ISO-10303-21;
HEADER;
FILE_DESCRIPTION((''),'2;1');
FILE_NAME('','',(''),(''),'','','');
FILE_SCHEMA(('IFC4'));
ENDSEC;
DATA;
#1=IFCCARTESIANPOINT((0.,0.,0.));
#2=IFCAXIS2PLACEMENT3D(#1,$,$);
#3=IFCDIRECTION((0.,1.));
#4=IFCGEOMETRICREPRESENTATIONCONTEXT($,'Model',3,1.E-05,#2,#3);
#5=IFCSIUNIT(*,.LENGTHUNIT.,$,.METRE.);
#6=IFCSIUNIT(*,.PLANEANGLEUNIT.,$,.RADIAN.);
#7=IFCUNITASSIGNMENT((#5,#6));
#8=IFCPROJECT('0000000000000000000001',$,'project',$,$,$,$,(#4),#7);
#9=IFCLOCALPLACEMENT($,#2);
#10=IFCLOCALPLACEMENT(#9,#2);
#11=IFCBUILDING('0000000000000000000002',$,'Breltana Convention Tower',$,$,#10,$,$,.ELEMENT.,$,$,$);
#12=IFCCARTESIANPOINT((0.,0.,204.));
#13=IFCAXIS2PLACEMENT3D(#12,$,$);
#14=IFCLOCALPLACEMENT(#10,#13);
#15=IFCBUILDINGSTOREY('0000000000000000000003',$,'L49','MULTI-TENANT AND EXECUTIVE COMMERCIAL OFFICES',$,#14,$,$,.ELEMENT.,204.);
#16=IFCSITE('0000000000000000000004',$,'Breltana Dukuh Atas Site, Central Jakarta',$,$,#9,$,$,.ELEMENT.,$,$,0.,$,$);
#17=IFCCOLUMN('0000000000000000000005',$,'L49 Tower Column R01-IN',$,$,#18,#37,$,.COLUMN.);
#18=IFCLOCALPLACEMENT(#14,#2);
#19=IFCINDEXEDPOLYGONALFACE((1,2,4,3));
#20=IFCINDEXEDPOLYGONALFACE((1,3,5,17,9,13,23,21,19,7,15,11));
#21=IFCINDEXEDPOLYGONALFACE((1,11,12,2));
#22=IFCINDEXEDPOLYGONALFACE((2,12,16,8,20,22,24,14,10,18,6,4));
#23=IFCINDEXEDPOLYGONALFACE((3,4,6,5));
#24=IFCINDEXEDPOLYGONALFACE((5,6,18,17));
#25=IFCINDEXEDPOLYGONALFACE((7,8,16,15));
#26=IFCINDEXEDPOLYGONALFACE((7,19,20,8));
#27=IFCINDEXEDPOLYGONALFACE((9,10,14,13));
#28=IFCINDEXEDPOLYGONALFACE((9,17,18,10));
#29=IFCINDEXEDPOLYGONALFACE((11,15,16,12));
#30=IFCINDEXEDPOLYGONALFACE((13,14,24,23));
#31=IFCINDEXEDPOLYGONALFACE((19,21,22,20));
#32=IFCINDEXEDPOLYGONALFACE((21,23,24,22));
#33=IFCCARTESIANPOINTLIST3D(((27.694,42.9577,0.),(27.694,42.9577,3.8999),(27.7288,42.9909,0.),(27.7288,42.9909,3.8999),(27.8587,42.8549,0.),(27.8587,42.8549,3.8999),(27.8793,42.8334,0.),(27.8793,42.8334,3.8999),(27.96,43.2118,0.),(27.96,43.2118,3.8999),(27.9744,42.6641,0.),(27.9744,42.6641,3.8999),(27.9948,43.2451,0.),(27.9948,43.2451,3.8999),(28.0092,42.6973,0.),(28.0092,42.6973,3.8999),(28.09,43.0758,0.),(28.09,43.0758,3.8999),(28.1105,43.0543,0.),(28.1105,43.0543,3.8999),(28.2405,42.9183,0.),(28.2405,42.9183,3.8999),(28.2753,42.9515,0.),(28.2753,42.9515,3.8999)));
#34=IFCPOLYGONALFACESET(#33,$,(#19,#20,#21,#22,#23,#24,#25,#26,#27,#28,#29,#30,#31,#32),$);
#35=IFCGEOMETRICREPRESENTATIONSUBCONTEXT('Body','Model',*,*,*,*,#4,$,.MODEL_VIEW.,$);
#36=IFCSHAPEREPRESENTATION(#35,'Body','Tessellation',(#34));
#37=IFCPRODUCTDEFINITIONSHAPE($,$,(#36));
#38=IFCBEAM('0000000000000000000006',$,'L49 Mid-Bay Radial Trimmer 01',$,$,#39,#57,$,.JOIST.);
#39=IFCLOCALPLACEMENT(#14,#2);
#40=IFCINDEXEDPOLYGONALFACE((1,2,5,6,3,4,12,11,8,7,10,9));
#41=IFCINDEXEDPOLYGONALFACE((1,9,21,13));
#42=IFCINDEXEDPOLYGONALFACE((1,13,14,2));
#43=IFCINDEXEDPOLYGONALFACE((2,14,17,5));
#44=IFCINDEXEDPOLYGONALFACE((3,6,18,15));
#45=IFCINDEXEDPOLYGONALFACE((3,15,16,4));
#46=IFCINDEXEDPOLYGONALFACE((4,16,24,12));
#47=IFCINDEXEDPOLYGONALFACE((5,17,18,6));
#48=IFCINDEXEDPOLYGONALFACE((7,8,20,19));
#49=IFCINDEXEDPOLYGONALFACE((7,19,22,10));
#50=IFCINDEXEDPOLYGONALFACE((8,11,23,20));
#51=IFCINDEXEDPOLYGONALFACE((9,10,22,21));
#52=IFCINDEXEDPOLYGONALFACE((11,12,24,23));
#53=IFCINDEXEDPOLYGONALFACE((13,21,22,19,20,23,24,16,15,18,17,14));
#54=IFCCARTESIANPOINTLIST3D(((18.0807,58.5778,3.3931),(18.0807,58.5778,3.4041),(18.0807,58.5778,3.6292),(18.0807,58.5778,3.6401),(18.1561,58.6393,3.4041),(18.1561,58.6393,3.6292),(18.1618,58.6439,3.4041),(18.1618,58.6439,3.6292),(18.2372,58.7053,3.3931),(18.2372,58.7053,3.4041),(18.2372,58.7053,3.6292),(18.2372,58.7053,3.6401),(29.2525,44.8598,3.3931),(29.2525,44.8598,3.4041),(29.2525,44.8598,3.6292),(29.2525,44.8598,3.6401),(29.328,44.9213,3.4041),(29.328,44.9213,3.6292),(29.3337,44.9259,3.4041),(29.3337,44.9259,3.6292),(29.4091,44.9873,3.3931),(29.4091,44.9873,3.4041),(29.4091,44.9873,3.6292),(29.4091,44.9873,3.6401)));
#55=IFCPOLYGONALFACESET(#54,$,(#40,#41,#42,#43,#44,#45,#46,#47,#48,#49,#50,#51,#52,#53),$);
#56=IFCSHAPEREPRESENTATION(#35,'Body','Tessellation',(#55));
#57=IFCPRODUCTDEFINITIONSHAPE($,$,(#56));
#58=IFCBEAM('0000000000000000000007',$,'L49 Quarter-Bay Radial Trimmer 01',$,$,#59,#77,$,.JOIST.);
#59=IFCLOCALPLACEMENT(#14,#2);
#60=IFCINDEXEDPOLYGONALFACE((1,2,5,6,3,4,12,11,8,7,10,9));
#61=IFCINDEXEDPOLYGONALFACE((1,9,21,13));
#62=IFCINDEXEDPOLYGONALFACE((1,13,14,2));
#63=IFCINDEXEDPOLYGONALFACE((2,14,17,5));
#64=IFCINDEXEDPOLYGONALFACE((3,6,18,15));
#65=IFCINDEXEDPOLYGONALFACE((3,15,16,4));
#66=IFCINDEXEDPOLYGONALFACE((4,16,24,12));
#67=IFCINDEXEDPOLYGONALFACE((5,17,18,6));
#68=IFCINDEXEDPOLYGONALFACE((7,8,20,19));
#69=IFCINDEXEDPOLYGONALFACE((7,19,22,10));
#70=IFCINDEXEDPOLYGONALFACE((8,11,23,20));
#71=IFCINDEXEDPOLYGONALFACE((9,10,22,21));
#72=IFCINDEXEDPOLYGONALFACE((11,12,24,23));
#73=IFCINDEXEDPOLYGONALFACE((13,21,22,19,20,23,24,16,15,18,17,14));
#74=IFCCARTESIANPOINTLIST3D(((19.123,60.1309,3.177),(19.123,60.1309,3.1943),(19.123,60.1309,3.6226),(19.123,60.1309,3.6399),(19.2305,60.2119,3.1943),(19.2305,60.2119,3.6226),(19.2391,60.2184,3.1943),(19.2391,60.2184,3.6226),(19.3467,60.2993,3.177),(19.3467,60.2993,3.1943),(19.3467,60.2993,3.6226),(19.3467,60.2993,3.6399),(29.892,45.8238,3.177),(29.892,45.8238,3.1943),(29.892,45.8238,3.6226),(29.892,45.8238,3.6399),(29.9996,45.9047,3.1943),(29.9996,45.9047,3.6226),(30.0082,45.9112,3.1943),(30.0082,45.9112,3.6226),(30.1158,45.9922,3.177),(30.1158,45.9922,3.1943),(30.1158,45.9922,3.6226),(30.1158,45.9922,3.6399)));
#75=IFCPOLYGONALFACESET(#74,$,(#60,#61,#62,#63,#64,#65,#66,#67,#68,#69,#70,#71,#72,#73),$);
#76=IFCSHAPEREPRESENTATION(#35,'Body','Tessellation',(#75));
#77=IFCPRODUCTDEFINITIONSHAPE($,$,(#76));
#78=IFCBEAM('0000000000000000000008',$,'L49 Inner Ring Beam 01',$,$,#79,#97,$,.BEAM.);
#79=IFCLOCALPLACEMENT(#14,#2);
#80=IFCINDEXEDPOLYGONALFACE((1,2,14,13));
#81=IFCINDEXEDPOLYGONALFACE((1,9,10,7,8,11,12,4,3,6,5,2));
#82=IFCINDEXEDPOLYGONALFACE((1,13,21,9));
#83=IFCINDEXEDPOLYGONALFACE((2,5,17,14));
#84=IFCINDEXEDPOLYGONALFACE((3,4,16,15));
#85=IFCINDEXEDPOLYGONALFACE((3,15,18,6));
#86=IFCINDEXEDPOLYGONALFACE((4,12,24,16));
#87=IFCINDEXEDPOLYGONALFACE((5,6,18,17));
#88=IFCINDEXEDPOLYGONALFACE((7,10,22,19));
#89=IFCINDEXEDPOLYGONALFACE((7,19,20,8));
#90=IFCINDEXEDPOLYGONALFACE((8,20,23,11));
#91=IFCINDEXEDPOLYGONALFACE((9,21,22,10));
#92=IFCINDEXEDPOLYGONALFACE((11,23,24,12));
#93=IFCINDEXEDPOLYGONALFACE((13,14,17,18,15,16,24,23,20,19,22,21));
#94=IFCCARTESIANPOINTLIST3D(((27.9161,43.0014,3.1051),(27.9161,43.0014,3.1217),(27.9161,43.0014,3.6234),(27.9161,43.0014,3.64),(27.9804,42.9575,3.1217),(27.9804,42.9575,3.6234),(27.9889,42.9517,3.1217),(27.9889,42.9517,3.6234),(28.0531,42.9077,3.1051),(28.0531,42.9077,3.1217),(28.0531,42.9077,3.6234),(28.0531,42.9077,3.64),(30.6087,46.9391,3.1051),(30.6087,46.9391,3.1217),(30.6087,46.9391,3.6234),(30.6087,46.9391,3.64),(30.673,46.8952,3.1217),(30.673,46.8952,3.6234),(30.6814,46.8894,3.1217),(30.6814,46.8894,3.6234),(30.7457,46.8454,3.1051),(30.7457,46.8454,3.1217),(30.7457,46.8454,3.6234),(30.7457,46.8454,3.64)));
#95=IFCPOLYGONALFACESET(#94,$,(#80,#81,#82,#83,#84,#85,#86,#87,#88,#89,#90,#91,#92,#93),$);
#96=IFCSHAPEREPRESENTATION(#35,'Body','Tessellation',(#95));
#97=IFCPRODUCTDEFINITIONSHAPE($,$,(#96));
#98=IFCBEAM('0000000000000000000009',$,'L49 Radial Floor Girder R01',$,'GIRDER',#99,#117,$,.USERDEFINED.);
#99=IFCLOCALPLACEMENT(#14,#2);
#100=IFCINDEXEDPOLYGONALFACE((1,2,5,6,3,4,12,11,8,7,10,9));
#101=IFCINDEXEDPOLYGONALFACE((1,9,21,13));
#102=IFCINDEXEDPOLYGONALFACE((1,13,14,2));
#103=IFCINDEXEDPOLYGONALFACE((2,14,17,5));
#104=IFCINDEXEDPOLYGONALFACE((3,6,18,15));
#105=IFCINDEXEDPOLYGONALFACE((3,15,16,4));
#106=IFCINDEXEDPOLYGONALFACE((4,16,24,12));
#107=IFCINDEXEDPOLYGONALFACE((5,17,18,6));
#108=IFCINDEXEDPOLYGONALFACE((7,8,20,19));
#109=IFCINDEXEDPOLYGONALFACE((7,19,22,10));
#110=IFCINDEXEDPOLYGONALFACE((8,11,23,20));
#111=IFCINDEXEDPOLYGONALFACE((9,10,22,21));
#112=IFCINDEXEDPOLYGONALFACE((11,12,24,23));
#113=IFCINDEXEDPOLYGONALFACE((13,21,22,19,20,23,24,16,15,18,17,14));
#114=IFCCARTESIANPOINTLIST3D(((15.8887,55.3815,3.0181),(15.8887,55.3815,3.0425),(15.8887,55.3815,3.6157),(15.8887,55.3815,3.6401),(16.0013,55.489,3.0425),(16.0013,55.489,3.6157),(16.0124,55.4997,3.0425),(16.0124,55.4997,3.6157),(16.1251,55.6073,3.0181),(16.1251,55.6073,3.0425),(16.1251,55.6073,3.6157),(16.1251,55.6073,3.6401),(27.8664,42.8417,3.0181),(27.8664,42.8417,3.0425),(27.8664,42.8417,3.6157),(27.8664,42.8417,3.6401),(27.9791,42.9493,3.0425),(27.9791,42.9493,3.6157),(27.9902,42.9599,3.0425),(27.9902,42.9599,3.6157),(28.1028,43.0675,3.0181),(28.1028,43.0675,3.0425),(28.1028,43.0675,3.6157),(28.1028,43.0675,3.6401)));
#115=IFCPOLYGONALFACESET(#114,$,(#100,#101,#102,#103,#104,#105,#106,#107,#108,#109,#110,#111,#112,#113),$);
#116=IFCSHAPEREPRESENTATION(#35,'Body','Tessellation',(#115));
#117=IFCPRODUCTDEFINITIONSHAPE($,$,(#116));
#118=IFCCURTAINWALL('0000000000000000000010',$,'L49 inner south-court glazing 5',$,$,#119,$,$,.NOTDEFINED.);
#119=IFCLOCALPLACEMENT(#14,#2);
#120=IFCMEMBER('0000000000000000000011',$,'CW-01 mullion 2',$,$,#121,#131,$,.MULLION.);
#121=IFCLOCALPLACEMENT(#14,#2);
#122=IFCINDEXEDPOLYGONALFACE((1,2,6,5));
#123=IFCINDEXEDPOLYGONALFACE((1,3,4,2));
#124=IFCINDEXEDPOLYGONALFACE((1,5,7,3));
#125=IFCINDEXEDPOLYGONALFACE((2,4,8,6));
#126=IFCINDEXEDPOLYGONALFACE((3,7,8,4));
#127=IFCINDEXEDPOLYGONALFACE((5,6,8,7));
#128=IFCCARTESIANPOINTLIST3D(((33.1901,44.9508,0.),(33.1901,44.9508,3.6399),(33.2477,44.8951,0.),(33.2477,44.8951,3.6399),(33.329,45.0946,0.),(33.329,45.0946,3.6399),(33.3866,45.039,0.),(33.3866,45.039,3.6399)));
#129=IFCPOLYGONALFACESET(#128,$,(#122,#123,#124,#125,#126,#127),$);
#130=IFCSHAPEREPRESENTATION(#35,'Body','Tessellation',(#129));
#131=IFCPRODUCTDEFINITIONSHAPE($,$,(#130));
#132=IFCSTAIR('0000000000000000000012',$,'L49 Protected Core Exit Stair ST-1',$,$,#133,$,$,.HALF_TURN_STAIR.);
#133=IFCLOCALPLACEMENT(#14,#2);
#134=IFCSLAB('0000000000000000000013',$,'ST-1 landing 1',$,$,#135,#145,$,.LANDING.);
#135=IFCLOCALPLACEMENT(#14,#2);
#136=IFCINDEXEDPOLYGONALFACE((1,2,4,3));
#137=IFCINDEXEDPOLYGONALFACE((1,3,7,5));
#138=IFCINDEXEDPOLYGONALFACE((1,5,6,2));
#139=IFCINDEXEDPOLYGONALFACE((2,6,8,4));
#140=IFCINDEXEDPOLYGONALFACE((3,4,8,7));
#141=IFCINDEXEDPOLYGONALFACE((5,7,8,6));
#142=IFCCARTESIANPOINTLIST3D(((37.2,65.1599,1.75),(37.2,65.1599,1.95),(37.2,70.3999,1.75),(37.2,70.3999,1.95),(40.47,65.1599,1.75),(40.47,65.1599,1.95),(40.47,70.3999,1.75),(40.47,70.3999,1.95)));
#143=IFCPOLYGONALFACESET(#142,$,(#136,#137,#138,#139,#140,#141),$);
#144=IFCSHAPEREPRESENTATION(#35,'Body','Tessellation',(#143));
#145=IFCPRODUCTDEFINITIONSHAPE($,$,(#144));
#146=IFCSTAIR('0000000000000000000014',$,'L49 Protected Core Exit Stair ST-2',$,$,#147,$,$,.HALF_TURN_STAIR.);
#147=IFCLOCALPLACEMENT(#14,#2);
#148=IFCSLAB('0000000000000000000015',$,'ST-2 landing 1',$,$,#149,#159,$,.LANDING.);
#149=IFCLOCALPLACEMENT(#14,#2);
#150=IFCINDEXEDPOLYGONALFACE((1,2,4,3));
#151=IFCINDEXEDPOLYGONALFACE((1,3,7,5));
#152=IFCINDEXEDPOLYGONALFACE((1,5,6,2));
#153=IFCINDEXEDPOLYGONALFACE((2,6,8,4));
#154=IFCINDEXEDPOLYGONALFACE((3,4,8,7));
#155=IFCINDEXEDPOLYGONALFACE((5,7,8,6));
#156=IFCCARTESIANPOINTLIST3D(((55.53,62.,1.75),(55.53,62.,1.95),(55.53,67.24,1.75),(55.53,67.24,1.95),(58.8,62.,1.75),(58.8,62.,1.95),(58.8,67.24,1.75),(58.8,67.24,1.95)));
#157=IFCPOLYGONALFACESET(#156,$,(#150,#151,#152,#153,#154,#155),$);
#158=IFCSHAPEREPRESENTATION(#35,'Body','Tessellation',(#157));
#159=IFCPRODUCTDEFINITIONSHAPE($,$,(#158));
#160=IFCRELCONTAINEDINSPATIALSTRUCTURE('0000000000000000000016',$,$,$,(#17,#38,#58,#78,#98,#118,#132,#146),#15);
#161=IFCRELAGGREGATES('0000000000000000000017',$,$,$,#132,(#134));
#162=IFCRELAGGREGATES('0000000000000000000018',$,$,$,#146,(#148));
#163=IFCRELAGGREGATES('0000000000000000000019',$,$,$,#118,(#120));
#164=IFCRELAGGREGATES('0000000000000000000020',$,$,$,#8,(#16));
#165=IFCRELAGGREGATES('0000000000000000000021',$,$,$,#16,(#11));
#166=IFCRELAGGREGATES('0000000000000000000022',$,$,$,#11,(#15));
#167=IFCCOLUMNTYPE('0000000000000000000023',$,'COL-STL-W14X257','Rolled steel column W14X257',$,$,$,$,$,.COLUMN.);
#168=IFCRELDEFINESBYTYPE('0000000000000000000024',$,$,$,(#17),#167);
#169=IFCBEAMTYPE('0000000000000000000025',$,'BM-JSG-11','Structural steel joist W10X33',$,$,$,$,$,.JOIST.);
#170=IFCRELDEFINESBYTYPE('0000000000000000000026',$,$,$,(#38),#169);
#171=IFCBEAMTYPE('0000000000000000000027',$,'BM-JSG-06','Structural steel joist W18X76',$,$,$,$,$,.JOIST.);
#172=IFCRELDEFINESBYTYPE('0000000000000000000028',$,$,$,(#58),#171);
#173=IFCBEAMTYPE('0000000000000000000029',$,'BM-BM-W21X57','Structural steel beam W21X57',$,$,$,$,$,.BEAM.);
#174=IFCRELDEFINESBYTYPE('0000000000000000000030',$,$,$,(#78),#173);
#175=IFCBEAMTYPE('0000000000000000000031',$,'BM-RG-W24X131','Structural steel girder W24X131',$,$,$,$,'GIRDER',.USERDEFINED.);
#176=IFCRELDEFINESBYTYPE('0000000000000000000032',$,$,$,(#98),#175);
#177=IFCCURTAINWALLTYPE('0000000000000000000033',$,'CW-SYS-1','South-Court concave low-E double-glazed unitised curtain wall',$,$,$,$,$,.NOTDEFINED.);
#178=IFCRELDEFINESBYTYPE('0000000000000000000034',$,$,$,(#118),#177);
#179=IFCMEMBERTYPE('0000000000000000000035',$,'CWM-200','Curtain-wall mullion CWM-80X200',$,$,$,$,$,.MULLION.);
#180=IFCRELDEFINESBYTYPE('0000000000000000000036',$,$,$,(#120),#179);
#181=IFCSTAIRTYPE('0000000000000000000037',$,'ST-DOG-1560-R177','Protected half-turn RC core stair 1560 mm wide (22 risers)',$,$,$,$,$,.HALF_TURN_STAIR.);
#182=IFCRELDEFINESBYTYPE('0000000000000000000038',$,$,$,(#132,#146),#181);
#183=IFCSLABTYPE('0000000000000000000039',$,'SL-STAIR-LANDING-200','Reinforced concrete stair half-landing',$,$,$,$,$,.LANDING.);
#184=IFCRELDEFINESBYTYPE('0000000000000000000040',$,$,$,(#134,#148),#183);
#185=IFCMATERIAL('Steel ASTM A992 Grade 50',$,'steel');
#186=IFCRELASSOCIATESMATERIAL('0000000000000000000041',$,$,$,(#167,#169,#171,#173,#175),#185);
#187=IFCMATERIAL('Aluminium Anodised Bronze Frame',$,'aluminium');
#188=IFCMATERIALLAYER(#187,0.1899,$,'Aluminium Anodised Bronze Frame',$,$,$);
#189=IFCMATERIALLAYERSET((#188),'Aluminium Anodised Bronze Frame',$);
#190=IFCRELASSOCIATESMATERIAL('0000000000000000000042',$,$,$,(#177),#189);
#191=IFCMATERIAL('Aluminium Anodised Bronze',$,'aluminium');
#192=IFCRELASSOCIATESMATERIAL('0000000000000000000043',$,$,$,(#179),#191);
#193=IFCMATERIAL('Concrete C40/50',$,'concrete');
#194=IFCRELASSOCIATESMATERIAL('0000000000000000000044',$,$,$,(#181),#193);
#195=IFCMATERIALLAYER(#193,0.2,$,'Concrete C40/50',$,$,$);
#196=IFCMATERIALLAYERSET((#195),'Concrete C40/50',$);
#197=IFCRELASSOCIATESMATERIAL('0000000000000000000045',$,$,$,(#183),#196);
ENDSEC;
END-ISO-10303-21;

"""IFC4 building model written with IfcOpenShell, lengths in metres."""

from ifc_helpers import new_model, si_unit, direction, frame, origin, origin_2d, place, context, subcontext, project, spatial, polyline, rectangle, i_section, outline, extrude, source, transform, mapped, material, layer, layer_set, material_profile, profile_set, type_object, type_shapes, element, aggregate, save


model = new_model("IFC4")

# Units and contexts
model_context = context("Model", 3, precision=1e-05, world=origin(), true_north=direction((0.0, 1.0)))
body_context = subcontext(model_context, "Body", "Model", "MODEL_VIEW")
ifc_project = project(units=[si_unit("LENGTHUNIT", "METRE"), si_unit("PLANEANGLEUNIT", "RADIAN")], contexts=[model_context])

# Site, building, storey
site_placement = place(None, origin())
site = spatial("IfcSite", under=ifc_project, at=site_placement, Name="Breltana Dukuh Atas Site, Central Jakarta", CompositionType="ELEMENT", RefElevation=0.0)
building_placement = place(site_placement, origin())
building = spatial("IfcBuilding", under=site, at=building_placement, Name="Breltana Convention Tower", CompositionType="ELEMENT")
storey_placement = place(building_placement, frame((0.0, 0.0, 204.0)))
storey = spatial("IfcBuildingStorey", under=building, at=storey_placement, Name="L49", Description="MULTI-TENANT AND EXECUTIVE COMMERCIAL OFFICES", CompositionType="ELEMENT", Elevation=204.0)

# Column
ifc_material_1 = material(Name="Steel ASTM A992 Grade 50", Category="steel")
ifc_material_profile_1 = material_profile(ifc_material_1, i_section(OverallWidth=0.406, OverallDepth=0.416, WebThickness=0.0298, FlangeThickness=0.0481, at=origin_2d()), Name="W14X257")
ifc_profile_set_1 = profile_set([ifc_material_profile_1], Name="Steel ASTM A992 Grade 50")
column_type = type_object("IfcColumnType", Name="COL-STL-W14X257", Description="Rolled steel column W14X257", PredefinedType="COLUMN", material=ifc_profile_set_1)
shared_shape_1 = source(origin(), body_context, "Body", "SweptSolid", [
    extrude(i_section(OverallWidth=0.406, OverallDepth=0.416, WebThickness=0.0298, FlangeThickness=0.0481, at=origin_2d()), origin(), (0.0, 0.0, 1.0), 3.8999),
])
column_placement = place(storey_placement, frame((27.9846, 42.9546, 0.0), z_axis=(0.0, 0.0, 1.0), x_axis=(-0.690756, 0.723088, 0.0)))
element("IfcColumn", 1, at=column_placement, inside=storey, type_object=column_type, Name="L49 Tower Column R01-IN", PredefinedType="COLUMN", context=body_context, shape_type="MappedRepresentation", body=[
    mapped(shared_shape_1, transform((0.0, 0.0, 0.0), scale=1.0)),
])

# Beams
ifc_material_profile_2 = material_profile(ifc_material_1, i_section(OverallWidth=0.2019, OverallDepth=0.2471, WebThickness=0.0073, FlangeThickness=0.011, at=origin_2d()), Name="W10X33")
ifc_profile_set_2 = profile_set([ifc_material_profile_2], Name="Steel ASTM A992 Grade 50")
beam_type_1 = type_object("IfcBeamType", Name="BM-JSG-11", Description="Structural steel joist W10X33", PredefinedType="JOIST", material=ifc_profile_set_2)
shared_shape_2 = source(origin(), body_context, "Body", "SweptSolid", [
    extrude(i_section(OverallWidth=0.2019, OverallDepth=0.2471, WebThickness=0.0073, FlangeThickness=0.011, at=origin_2d()), origin(), (0.0, 0.0, 1.0), 17.6917),
])
type_shapes(beam_type_1, [shared_shape_2])
beam_1_placement = place(storey_placement, frame((29.3308, 44.9236, 3.5166), z_axis=(-0.631477, 0.775395, 0.0), x_axis=(-0.775395, -0.631477, 0.0)))
element("IfcBeam", 2, at=beam_1_placement, inside=storey, type_object=beam_type_1, Name="L49 Mid-Bay Radial Trimmer 01", PredefinedType="JOIST", context=body_context, shape_type="MappedRepresentation", body=[
    mapped(shared_shape_2, transform((0.0, 0.0, 0.0), scale=1.0)),
])
ifc_material_profile_3 = material_profile(ifc_material_1, i_section(OverallWidth=0.28, OverallDepth=0.4629, WebThickness=0.0107, FlangeThickness=0.0173, at=origin_2d()), Name="W18X76")
ifc_profile_set_3 = profile_set([ifc_material_profile_3], Name="Steel ASTM A992 Grade 50")
beam_type_2 = type_object("IfcBeamType", Name="BM-JSG-06", Description="Structural steel joist W18X76", PredefinedType="JOIST", material=ifc_profile_set_3)
shared_shape_3 = source(origin(), body_context, "Body", "SweptSolid", [
    extrude(i_section(OverallWidth=0.28, OverallDepth=0.4629, WebThickness=0.0107, FlangeThickness=0.0173, at=origin_2d()), origin(), (0.0, 0.0, 1.0), 17.9072),
])
beam_2_placement = place(storey_placement, frame((30.0039, 45.908, 3.4084), z_axis=(-0.601382, 0.798962, 0.0), x_axis=(-0.798962, -0.601382, 0.0)))
element("IfcBeam", 3, at=beam_2_placement, inside=storey, type_object=beam_type_2, Name="L49 Quarter-Bay Radial Trimmer 01", PredefinedType="JOIST", context=body_context, shape_type="MappedRepresentation", body=[
    mapped(shared_shape_3, transform((0.0, 0.0, 0.0), scale=1.0)),
])
ifc_material_profile_4 = material_profile(ifc_material_1, i_section(OverallWidth=0.166, OverallDepth=0.5349, WebThickness=0.0103, FlangeThickness=0.0166, at=origin_2d()), Name="W21X57")
ifc_profile_set_4 = profile_set([ifc_material_profile_4], Name="Steel ASTM A992 Grade 50")
beam_type_3 = type_object("IfcBeamType", Name="BM-BM-W21X57", Description="Structural steel beam W21X57", PredefinedType="BEAM", material=ifc_profile_set_4)
shared_shape_4 = source(origin(), body_context, "Body", "SweptSolid", [
    extrude(i_section(OverallWidth=0.166, OverallDepth=0.5349, WebThickness=0.0103, FlangeThickness=0.0166, at=origin_2d()), origin(), (0.0, 0.0, 1.0), 4.7703),
])
beam_3_placement = place(storey_placement, frame((27.9846, 42.9546, 3.3726), z_axis=(0.564453, 0.825465, 0.0), x_axis=(-0.825465, 0.564453, 0.0)))
element("IfcBeam", 4, at=beam_3_placement, inside=storey, type_object=beam_type_3, Name="L49 Inner Ring Beam 01", PredefinedType="BEAM", context=body_context, shape_type="MappedRepresentation", body=[
    mapped(shared_shape_4, transform((0.0, 0.0, 0.0), scale=1.0)),
])
ifc_material_profile_5 = material_profile(ifc_material_1, i_section(OverallWidth=0.3269, OverallDepth=0.6221, WebThickness=0.0154, FlangeThickness=0.0244, at=origin_2d()), Name="W24X131")
ifc_profile_set_5 = profile_set([ifc_material_profile_5], Name="Steel ASTM A992 Grade 50")
beam_type_4 = type_object("IfcBeamType", Name="BM-RG-W24X131", Description="Structural steel girder W24X131", ElementType="GIRDER", PredefinedType="USERDEFINED", material=ifc_profile_set_5)
shared_shape_5 = source(origin(), body_context, "Body", "SweptSolid", [
    extrude(i_section(OverallWidth=0.3269, OverallDepth=0.6221, WebThickness=0.0154, FlangeThickness=0.0244, at=origin_2d()), origin(), (0.0, 0.0, 1.0), 17.3411),
])
type_shapes(beam_type_4, [shared_shape_5])
beam_4_placement = place(storey_placement, frame((27.9846, 42.9546, 3.3291), z_axis=(-0.690716, 0.723126, 0.0), x_axis=(-0.723126, -0.690716, 0.0)))
element("IfcBeam", 5, at=beam_4_placement, inside=storey, type_object=beam_type_4, Name="L49 Radial Floor Girder R01", ObjectType="GIRDER", PredefinedType="USERDEFINED", context=body_context, shape_type="MappedRepresentation", body=[
    mapped(shared_shape_5, transform((0.0, 0.0, 0.0), scale=1.0)),
])

# Curtain wall, member
ifc_material_2 = material(Name="Aluminium Anodised Bronze Frame", Category="aluminium")
ifc_layer_1 = layer(ifc_material_2, 0.1899, Name="Aluminium Anodised Bronze Frame")
ifc_layer_set_1 = layer_set([ifc_layer_1], Name="Aluminium Anodised Bronze Frame")
curtain_wall_type = type_object("IfcCurtainWallType", Name="CW-SYS-1", Description="South-Court concave low-E double-glazed unitised curtain wall", PredefinedType="NOTDEFINED", material=ifc_layer_set_1)
curtain_wall_placement = place(storey_placement, origin())
curtain_wall = element("IfcCurtainWall", 6, at=curtain_wall_placement, inside=storey, type_object=curtain_wall_type, Name="L49 inner south-court glazing 5", PredefinedType="NOTDEFINED")
ifc_material_3 = material(Name="Aluminium Anodised Bronze", Category="aluminium")
ifc_material_profile_6 = material_profile(ifc_material_3, rectangle(XDim=0.0801, YDim=0.2, at=origin_2d()), Name="CWM-80X200")
ifc_profile_set_6 = profile_set([ifc_material_profile_6], Name="Aluminium Anodised Bronze")
member_type = type_object("IfcMemberType", Name="CWM-200", Description="Curtain-wall mullion CWM-80X200", PredefinedType="MULLION", material=ifc_profile_set_6)
shared_shape_6 = source(origin(), body_context, "Body", "SweptSolid", [
    extrude(rectangle(XDim=0.0801, YDim=0.2, at=origin_2d()), origin(), (0.0, 0.0, 1.0), 3.6399),
])
member_placement = place(storey_placement, frame((33.2883, 44.9949, 0.0), z_axis=(0.0, 0.0, 1.0), x_axis=(0.719366, -0.694632, 0.0)))
member = element("IfcMember", 7, at=member_placement, type_object=member_type, Name="CW-01 mullion 2", PredefinedType="MULLION", context=body_context, shape_type="MappedRepresentation", body=[
    mapped(shared_shape_6, transform((0.0, 0.0, 0.0), scale=1.0)),
])

# Stairs, slabs
ifc_material_4 = material(Name="Concrete C40/50", Category="concrete")
stair_type = type_object("IfcStairType", Name="ST-DOG-1560-R177", Description="Protected half-turn RC core stair 1560 mm wide (22 risers)", PredefinedType="HALF_TURN_STAIR", material=ifc_material_4)
stair_1_placement = place(storey_placement, origin())
stair_1 = element("IfcStair", 8, at=stair_1_placement, inside=storey, type_object=stair_type, Name="L49 Protected Core Exit Stair ST-1", PredefinedType="HALF_TURN_STAIR")
ifc_layer_2 = layer(ifc_material_4, 0.2, Name="Concrete C40/50")
ifc_layer_set_2 = layer_set([ifc_layer_2], Name="Concrete C40/50")
slab_type_1 = type_object("IfcSlabType", Name="SL-STAIR-LANDING-200", Description="Reinforced concrete stair half-landing", PredefinedType="LANDING", material=ifc_layer_set_2)
slab_1_placement = place(storey_placement, frame((0.0, 0.0, 1.75)))
slab_1 = element("IfcSlab", 9, at=slab_1_placement, type_object=slab_type_1, Name="ST-1 landing 1", PredefinedType="LANDING", context=body_context, shape_type="SweptSolid", body=[
    extrude(outline(polyline([(40.47, 65.1599), (40.47, 70.3999), (37.2, 70.3999), (37.2, 65.1599), (40.47, 65.1599)])), origin(), (0.0, 0.0, 1.0), 0.2),
])
aggregate(stair_1, [slab_1])
stair_2_placement = place(storey_placement, origin())
stair_2 = element("IfcStair", 10, at=stair_2_placement, inside=storey, type_object=stair_type, Name="L49 Protected Core Exit Stair ST-2", PredefinedType="HALF_TURN_STAIR")
slab_2_placement = place(storey_placement, frame((0.0, 0.0, 1.75)))
slab_2 = element("IfcSlab", 11, at=slab_2_placement, type_object=slab_type_1, Name="ST-2 landing 1", PredefinedType="LANDING", context=body_context, shape_type="SweptSolid", body=[
    extrude(outline(polyline([(55.53, 67.24), (55.53, 62.0), (58.8, 62.0), (58.8, 67.24), (55.53, 67.24)])), origin(), (0.0, 0.0, 1.0), 0.2),
])
aggregate(stair_2, [slab_2])

aggregate(curtain_wall, [member])

save(model, "model.ifc")
